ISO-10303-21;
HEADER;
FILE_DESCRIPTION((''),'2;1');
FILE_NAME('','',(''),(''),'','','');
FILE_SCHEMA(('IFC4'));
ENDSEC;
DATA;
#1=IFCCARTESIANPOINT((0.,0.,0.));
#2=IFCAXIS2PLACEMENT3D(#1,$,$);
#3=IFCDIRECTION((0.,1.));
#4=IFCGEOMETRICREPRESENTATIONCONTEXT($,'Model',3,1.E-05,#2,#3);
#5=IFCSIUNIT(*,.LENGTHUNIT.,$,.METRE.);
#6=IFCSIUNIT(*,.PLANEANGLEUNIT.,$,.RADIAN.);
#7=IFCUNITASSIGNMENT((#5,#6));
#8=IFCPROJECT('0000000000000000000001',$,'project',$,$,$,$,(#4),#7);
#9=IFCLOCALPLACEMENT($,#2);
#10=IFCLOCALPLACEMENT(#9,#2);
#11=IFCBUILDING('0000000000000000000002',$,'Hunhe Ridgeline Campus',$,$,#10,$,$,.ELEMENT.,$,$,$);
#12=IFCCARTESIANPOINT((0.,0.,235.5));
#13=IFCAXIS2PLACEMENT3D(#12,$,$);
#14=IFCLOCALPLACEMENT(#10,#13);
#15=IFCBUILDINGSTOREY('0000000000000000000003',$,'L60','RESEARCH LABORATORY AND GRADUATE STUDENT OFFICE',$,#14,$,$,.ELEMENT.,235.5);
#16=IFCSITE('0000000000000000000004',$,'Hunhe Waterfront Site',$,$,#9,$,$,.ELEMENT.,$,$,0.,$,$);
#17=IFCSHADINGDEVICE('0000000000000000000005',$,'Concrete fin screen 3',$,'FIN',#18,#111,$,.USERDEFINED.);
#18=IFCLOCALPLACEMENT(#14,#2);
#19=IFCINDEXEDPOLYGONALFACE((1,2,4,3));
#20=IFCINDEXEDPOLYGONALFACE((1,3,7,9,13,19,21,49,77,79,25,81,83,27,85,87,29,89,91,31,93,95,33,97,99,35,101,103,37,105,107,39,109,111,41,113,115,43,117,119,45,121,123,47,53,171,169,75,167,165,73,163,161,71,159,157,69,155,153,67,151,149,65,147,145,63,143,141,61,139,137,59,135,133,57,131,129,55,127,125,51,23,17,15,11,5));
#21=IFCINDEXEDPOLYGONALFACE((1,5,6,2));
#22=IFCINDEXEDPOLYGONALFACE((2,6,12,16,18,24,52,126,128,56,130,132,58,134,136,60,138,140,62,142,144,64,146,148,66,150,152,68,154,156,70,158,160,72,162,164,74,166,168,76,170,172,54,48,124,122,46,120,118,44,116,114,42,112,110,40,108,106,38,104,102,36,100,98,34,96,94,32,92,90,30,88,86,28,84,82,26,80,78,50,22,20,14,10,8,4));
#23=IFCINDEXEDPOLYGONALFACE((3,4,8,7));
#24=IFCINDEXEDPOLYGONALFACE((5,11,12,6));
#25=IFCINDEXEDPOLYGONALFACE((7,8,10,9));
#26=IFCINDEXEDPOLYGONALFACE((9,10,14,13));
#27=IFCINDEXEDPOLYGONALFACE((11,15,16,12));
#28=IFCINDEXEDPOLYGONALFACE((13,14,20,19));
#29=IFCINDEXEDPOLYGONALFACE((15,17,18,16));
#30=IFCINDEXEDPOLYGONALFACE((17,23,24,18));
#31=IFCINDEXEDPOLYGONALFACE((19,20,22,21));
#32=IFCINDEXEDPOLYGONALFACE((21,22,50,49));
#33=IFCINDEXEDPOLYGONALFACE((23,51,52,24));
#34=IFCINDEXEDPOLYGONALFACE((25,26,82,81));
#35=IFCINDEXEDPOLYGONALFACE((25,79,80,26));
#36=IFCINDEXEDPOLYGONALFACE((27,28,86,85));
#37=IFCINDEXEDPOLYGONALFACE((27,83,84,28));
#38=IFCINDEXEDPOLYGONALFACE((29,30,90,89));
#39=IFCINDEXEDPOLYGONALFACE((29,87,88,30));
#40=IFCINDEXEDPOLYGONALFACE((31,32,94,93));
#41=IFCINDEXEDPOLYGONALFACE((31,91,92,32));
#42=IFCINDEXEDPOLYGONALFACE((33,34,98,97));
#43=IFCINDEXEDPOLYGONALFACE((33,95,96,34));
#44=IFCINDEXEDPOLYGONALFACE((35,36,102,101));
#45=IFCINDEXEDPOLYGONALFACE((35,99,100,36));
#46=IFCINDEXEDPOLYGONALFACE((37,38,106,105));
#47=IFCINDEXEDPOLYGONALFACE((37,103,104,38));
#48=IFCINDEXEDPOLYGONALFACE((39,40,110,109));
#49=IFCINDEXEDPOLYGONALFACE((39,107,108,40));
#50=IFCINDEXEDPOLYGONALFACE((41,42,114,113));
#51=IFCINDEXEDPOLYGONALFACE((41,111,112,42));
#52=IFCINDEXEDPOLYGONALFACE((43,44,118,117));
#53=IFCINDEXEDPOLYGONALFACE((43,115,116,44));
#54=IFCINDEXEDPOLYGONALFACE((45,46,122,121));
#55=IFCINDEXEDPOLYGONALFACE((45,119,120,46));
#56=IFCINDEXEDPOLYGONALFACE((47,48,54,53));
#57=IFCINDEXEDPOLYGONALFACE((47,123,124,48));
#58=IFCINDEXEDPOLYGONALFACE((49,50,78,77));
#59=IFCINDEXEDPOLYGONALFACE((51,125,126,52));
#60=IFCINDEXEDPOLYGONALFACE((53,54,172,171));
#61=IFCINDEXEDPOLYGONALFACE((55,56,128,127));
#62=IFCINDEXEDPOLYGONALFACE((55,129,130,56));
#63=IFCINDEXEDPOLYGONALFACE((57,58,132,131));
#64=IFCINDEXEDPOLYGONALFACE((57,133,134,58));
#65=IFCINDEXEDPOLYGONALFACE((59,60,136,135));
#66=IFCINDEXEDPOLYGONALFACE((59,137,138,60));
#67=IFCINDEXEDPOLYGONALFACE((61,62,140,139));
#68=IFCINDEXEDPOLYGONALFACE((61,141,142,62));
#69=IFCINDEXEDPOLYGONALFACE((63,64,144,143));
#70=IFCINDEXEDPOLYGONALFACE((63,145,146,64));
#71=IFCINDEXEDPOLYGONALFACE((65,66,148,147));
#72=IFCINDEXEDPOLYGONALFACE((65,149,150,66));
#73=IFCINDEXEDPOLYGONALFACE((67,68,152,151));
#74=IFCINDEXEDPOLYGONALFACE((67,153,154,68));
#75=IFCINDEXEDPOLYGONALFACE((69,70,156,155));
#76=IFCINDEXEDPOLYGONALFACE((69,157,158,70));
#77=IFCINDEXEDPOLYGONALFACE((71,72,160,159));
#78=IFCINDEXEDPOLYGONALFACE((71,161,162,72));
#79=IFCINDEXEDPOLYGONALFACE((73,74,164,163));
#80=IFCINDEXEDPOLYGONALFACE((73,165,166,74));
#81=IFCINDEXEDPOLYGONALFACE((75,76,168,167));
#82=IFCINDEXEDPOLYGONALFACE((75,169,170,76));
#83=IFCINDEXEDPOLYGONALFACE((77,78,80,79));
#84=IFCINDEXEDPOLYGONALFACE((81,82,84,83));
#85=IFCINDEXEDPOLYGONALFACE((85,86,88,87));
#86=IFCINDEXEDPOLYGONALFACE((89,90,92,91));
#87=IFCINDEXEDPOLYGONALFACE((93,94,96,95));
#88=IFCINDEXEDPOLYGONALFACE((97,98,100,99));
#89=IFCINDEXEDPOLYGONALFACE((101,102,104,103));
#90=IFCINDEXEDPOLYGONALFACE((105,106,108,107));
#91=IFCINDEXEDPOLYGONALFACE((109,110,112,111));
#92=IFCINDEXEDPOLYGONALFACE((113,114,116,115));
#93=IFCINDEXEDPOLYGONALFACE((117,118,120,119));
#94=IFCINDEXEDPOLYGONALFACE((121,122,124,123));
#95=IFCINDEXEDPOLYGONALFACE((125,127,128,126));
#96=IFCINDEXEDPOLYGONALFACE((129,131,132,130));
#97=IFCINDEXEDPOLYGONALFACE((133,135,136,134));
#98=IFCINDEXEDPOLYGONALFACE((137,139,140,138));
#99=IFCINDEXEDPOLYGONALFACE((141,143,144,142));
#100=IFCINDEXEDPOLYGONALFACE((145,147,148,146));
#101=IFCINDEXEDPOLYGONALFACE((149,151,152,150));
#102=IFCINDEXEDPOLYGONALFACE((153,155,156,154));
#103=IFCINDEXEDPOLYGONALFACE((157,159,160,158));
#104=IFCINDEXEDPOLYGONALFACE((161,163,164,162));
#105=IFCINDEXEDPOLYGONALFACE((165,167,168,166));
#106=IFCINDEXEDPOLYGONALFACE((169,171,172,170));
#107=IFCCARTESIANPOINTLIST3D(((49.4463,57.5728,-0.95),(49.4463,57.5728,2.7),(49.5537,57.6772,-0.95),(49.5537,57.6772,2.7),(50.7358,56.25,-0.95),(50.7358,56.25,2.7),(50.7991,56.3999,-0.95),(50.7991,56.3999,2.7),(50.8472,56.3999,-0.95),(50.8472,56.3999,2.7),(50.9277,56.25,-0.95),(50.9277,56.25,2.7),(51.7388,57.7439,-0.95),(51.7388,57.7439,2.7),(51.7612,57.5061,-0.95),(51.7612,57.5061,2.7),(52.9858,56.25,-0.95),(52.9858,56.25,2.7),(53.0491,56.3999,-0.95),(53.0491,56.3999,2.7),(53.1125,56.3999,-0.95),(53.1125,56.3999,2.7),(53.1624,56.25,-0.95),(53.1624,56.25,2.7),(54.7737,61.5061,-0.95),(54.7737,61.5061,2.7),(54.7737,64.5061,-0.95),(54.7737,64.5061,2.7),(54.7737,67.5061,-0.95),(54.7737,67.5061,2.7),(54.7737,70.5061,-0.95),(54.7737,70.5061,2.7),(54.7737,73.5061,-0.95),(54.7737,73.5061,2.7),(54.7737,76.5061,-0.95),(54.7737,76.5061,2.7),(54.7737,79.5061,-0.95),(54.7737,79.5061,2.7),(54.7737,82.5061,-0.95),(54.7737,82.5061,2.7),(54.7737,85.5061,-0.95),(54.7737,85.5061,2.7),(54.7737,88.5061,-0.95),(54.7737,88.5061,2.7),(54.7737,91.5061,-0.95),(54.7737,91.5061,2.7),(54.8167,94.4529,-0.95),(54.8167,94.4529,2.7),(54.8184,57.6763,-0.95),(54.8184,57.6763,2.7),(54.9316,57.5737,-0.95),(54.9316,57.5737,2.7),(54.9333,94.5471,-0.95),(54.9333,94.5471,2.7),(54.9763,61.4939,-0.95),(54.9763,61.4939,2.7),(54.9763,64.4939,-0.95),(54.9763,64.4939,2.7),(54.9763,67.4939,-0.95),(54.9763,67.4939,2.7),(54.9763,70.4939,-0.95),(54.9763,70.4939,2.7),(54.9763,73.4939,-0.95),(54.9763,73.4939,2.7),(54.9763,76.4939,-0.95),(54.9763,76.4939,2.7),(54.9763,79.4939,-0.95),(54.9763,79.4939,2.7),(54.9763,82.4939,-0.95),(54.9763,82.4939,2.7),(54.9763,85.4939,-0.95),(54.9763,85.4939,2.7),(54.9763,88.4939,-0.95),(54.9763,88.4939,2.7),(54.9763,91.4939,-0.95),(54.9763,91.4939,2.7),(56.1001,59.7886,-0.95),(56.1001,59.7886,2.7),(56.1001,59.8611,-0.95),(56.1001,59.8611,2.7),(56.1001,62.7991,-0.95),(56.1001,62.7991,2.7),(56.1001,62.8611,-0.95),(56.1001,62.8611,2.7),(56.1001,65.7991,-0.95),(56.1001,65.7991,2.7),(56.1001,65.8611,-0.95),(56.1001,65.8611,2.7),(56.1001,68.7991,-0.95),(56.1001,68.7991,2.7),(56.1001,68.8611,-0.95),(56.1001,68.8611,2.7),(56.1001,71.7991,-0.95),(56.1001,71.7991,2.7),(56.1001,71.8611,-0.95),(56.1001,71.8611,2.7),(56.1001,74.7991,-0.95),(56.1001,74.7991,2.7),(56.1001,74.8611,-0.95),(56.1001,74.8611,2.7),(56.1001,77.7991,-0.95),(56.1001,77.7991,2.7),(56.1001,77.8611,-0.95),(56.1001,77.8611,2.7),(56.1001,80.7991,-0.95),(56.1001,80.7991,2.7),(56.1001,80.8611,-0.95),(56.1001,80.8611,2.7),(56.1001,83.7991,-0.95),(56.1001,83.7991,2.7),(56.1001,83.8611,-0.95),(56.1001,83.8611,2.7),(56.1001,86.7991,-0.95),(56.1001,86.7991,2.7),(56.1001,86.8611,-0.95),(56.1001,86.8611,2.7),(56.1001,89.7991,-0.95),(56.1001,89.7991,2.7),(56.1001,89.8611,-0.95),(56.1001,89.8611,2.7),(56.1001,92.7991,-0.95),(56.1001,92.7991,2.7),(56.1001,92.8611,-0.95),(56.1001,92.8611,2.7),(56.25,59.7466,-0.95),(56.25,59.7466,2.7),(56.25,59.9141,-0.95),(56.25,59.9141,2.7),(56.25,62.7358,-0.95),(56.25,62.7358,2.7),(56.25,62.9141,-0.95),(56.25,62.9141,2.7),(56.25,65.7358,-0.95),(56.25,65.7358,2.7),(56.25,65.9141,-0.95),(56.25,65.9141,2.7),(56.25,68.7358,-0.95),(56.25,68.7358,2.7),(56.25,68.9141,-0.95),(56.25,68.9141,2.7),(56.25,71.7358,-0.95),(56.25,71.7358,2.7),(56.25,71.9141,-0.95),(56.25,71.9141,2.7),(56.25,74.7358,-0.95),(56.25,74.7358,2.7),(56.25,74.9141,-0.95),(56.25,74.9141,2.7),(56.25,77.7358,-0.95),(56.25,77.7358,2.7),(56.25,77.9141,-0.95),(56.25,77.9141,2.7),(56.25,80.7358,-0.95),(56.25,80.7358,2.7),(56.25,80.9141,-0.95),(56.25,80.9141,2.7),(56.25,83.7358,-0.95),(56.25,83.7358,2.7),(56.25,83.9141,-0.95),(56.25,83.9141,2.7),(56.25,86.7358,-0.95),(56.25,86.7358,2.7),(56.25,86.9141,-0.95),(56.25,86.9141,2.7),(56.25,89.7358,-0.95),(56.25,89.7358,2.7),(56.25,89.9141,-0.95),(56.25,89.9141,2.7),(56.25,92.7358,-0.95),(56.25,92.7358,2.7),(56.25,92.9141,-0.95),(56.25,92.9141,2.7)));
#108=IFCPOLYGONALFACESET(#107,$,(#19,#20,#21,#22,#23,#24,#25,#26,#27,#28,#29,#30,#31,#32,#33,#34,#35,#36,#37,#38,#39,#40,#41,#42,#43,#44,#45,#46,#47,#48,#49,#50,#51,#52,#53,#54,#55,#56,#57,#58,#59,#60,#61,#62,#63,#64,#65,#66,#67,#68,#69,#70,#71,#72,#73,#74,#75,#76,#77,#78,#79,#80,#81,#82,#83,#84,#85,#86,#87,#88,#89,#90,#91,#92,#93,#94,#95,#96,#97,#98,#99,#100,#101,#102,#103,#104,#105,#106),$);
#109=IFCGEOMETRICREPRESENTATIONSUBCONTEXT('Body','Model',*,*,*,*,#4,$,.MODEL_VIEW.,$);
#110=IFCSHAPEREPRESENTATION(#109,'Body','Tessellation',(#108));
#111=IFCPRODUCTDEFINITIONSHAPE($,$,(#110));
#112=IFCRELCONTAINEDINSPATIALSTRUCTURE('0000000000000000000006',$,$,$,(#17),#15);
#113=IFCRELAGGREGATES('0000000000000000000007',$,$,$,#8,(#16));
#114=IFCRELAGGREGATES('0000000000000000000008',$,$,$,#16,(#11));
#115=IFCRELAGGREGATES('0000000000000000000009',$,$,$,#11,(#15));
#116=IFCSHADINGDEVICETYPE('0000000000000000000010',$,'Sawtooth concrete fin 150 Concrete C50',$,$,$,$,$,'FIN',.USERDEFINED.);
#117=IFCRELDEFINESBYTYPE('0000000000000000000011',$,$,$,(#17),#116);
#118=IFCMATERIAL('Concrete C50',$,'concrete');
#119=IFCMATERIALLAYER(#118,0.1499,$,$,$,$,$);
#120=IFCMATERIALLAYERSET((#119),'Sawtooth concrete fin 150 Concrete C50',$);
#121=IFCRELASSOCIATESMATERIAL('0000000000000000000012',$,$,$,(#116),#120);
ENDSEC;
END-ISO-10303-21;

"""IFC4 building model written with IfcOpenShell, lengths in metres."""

from ifc_helpers import new_model, si_unit, direction, frame, origin, place, context, subcontext, project, spatial, polyline, outline, extrude, material, layer, layer_set, type_object, element, save


model = new_model("IFC4")

# Units and contexts
model_context = context("Model", 3, precision=1e-05, world=origin(), true_north=direction((0.0, 1.0)))
body_context = subcontext(model_context, "Body", "Model", "MODEL_VIEW")
ifc_project = project(units=[si_unit("LENGTHUNIT", "METRE"), si_unit("PLANEANGLEUNIT", "RADIAN")], contexts=[model_context])

# Site, building, storey
site_placement = place(None, origin())
site = spatial("IfcSite", under=ifc_project, at=site_placement, Name="Hunhe Waterfront Site", CompositionType="ELEMENT", RefElevation=0.0)
building_placement = place(site_placement, origin())
building = spatial("IfcBuilding", under=site, at=building_placement, Name="Hunhe Ridgeline Campus", CompositionType="ELEMENT")
storey_placement = place(building_placement, frame((0.0, 0.0, 235.5)))
storey = spatial("IfcBuildingStorey", under=building, at=storey_placement, Name="L60", Description="RESEARCH LABORATORY AND GRADUATE STUDENT OFFICE", CompositionType="ELEMENT", Elevation=235.5)

# Shared definitions
ifc_material_1 = material(Name="Concrete C50", Category="concrete")

# Shading device
ifc_layer_1 = layer(ifc_material_1, 0.1499)
ifc_layer_set_1 = layer_set([ifc_layer_1], Name="Sawtooth concrete fin 150 Concrete C50")
shading_device_type = type_object("IfcShadingDeviceType", Name="Sawtooth concrete fin 150 Concrete C50", ElementType="FIN", PredefinedType="USERDEFINED", material=ifc_layer_set_1)
shading_device_1_placement = place(storey_placement, frame((0.0, 0.0, -0.95)))
element("IfcShadingDevice", 1, at=shading_device_1_placement, inside=storey, type_object=shading_device_type, Name="Concrete fin screen 3", ObjectType="FIN", PredefinedType="USERDEFINED", context=body_context, shape_type="SweptSolid", body=[
    extrude(outline(polyline([(49.5537, 57.6772), (49.4463, 57.5728), (50.7358, 56.25), (50.9277, 56.25), (51.7612, 57.5061), (52.9858, 56.25), (53.1624, 56.25), (54.9316, 57.5737), (56.25, 59.7466), (56.25, 59.9141), (54.9763, 61.4939), (56.25, 62.7358), (56.25, 62.9141), (54.9763, 64.4939), (56.25, 65.7358), (56.25, 65.9141), (54.9763, 67.4939), (56.25, 68.7358), (56.25, 68.9141), (54.9763, 70.4939), (56.25, 71.7358), (56.25, 71.9141), (54.9763, 73.4939), (56.25, 74.7358), (56.25, 74.9141), (54.9763, 76.4939), (56.25, 77.7358), (56.25, 77.9141), (54.9763, 79.4939), (56.25, 80.7358), (56.25, 80.9141), (54.9763, 82.4939), (56.25, 83.7358), (56.25, 83.9141), (54.9763, 85.4939), (56.25, 86.7358), (56.25, 86.9141), (54.9763, 88.4939), (56.25, 89.7358), (56.25, 89.9141), (54.9763, 91.4939), (56.25, 92.7358), (56.25, 92.9141), (54.9333, 94.5471), (54.8167, 94.4529), (56.1001, 92.8611), (56.1001, 92.7991), (54.7737, 91.5061), (56.1001, 89.8611), (56.1001, 89.7991), (54.7737, 88.5061), (56.1001, 86.8611), (56.1001, 86.7991), (54.7737, 85.5061), (56.1001, 83.8611), (56.1001, 83.7991), (54.7737, 82.5061), (56.1001, 80.8611), (56.1001, 80.7991), (54.7737, 79.5061), (56.1001, 77.8611), (56.1001, 77.7991), (54.7737, 76.5061), (56.1001, 74.8611), (56.1001, 74.7991), (54.7737, 73.5061), (56.1001, 71.8611), (56.1001, 71.7991), (54.7737, 70.5061), (56.1001, 68.8611), (56.1001, 68.7991), (54.7737, 67.5061), (56.1001, 65.8611), (56.1001, 65.7991), (54.7737, 64.5061), (56.1001, 62.8611), (56.1001, 62.7991), (54.7737, 61.5061), (56.1001, 59.8611), (56.1001, 59.7886), (54.8184, 57.6763), (53.1125, 56.3999), (53.0491, 56.3999), (51.7388, 57.7439), (50.8472, 56.3999), (50.7991, 56.3999), (49.5537, 57.6772)])), origin(), (0.0, 0.0, 1.0), 3.6499),
])

save(model, "model.ifc")
